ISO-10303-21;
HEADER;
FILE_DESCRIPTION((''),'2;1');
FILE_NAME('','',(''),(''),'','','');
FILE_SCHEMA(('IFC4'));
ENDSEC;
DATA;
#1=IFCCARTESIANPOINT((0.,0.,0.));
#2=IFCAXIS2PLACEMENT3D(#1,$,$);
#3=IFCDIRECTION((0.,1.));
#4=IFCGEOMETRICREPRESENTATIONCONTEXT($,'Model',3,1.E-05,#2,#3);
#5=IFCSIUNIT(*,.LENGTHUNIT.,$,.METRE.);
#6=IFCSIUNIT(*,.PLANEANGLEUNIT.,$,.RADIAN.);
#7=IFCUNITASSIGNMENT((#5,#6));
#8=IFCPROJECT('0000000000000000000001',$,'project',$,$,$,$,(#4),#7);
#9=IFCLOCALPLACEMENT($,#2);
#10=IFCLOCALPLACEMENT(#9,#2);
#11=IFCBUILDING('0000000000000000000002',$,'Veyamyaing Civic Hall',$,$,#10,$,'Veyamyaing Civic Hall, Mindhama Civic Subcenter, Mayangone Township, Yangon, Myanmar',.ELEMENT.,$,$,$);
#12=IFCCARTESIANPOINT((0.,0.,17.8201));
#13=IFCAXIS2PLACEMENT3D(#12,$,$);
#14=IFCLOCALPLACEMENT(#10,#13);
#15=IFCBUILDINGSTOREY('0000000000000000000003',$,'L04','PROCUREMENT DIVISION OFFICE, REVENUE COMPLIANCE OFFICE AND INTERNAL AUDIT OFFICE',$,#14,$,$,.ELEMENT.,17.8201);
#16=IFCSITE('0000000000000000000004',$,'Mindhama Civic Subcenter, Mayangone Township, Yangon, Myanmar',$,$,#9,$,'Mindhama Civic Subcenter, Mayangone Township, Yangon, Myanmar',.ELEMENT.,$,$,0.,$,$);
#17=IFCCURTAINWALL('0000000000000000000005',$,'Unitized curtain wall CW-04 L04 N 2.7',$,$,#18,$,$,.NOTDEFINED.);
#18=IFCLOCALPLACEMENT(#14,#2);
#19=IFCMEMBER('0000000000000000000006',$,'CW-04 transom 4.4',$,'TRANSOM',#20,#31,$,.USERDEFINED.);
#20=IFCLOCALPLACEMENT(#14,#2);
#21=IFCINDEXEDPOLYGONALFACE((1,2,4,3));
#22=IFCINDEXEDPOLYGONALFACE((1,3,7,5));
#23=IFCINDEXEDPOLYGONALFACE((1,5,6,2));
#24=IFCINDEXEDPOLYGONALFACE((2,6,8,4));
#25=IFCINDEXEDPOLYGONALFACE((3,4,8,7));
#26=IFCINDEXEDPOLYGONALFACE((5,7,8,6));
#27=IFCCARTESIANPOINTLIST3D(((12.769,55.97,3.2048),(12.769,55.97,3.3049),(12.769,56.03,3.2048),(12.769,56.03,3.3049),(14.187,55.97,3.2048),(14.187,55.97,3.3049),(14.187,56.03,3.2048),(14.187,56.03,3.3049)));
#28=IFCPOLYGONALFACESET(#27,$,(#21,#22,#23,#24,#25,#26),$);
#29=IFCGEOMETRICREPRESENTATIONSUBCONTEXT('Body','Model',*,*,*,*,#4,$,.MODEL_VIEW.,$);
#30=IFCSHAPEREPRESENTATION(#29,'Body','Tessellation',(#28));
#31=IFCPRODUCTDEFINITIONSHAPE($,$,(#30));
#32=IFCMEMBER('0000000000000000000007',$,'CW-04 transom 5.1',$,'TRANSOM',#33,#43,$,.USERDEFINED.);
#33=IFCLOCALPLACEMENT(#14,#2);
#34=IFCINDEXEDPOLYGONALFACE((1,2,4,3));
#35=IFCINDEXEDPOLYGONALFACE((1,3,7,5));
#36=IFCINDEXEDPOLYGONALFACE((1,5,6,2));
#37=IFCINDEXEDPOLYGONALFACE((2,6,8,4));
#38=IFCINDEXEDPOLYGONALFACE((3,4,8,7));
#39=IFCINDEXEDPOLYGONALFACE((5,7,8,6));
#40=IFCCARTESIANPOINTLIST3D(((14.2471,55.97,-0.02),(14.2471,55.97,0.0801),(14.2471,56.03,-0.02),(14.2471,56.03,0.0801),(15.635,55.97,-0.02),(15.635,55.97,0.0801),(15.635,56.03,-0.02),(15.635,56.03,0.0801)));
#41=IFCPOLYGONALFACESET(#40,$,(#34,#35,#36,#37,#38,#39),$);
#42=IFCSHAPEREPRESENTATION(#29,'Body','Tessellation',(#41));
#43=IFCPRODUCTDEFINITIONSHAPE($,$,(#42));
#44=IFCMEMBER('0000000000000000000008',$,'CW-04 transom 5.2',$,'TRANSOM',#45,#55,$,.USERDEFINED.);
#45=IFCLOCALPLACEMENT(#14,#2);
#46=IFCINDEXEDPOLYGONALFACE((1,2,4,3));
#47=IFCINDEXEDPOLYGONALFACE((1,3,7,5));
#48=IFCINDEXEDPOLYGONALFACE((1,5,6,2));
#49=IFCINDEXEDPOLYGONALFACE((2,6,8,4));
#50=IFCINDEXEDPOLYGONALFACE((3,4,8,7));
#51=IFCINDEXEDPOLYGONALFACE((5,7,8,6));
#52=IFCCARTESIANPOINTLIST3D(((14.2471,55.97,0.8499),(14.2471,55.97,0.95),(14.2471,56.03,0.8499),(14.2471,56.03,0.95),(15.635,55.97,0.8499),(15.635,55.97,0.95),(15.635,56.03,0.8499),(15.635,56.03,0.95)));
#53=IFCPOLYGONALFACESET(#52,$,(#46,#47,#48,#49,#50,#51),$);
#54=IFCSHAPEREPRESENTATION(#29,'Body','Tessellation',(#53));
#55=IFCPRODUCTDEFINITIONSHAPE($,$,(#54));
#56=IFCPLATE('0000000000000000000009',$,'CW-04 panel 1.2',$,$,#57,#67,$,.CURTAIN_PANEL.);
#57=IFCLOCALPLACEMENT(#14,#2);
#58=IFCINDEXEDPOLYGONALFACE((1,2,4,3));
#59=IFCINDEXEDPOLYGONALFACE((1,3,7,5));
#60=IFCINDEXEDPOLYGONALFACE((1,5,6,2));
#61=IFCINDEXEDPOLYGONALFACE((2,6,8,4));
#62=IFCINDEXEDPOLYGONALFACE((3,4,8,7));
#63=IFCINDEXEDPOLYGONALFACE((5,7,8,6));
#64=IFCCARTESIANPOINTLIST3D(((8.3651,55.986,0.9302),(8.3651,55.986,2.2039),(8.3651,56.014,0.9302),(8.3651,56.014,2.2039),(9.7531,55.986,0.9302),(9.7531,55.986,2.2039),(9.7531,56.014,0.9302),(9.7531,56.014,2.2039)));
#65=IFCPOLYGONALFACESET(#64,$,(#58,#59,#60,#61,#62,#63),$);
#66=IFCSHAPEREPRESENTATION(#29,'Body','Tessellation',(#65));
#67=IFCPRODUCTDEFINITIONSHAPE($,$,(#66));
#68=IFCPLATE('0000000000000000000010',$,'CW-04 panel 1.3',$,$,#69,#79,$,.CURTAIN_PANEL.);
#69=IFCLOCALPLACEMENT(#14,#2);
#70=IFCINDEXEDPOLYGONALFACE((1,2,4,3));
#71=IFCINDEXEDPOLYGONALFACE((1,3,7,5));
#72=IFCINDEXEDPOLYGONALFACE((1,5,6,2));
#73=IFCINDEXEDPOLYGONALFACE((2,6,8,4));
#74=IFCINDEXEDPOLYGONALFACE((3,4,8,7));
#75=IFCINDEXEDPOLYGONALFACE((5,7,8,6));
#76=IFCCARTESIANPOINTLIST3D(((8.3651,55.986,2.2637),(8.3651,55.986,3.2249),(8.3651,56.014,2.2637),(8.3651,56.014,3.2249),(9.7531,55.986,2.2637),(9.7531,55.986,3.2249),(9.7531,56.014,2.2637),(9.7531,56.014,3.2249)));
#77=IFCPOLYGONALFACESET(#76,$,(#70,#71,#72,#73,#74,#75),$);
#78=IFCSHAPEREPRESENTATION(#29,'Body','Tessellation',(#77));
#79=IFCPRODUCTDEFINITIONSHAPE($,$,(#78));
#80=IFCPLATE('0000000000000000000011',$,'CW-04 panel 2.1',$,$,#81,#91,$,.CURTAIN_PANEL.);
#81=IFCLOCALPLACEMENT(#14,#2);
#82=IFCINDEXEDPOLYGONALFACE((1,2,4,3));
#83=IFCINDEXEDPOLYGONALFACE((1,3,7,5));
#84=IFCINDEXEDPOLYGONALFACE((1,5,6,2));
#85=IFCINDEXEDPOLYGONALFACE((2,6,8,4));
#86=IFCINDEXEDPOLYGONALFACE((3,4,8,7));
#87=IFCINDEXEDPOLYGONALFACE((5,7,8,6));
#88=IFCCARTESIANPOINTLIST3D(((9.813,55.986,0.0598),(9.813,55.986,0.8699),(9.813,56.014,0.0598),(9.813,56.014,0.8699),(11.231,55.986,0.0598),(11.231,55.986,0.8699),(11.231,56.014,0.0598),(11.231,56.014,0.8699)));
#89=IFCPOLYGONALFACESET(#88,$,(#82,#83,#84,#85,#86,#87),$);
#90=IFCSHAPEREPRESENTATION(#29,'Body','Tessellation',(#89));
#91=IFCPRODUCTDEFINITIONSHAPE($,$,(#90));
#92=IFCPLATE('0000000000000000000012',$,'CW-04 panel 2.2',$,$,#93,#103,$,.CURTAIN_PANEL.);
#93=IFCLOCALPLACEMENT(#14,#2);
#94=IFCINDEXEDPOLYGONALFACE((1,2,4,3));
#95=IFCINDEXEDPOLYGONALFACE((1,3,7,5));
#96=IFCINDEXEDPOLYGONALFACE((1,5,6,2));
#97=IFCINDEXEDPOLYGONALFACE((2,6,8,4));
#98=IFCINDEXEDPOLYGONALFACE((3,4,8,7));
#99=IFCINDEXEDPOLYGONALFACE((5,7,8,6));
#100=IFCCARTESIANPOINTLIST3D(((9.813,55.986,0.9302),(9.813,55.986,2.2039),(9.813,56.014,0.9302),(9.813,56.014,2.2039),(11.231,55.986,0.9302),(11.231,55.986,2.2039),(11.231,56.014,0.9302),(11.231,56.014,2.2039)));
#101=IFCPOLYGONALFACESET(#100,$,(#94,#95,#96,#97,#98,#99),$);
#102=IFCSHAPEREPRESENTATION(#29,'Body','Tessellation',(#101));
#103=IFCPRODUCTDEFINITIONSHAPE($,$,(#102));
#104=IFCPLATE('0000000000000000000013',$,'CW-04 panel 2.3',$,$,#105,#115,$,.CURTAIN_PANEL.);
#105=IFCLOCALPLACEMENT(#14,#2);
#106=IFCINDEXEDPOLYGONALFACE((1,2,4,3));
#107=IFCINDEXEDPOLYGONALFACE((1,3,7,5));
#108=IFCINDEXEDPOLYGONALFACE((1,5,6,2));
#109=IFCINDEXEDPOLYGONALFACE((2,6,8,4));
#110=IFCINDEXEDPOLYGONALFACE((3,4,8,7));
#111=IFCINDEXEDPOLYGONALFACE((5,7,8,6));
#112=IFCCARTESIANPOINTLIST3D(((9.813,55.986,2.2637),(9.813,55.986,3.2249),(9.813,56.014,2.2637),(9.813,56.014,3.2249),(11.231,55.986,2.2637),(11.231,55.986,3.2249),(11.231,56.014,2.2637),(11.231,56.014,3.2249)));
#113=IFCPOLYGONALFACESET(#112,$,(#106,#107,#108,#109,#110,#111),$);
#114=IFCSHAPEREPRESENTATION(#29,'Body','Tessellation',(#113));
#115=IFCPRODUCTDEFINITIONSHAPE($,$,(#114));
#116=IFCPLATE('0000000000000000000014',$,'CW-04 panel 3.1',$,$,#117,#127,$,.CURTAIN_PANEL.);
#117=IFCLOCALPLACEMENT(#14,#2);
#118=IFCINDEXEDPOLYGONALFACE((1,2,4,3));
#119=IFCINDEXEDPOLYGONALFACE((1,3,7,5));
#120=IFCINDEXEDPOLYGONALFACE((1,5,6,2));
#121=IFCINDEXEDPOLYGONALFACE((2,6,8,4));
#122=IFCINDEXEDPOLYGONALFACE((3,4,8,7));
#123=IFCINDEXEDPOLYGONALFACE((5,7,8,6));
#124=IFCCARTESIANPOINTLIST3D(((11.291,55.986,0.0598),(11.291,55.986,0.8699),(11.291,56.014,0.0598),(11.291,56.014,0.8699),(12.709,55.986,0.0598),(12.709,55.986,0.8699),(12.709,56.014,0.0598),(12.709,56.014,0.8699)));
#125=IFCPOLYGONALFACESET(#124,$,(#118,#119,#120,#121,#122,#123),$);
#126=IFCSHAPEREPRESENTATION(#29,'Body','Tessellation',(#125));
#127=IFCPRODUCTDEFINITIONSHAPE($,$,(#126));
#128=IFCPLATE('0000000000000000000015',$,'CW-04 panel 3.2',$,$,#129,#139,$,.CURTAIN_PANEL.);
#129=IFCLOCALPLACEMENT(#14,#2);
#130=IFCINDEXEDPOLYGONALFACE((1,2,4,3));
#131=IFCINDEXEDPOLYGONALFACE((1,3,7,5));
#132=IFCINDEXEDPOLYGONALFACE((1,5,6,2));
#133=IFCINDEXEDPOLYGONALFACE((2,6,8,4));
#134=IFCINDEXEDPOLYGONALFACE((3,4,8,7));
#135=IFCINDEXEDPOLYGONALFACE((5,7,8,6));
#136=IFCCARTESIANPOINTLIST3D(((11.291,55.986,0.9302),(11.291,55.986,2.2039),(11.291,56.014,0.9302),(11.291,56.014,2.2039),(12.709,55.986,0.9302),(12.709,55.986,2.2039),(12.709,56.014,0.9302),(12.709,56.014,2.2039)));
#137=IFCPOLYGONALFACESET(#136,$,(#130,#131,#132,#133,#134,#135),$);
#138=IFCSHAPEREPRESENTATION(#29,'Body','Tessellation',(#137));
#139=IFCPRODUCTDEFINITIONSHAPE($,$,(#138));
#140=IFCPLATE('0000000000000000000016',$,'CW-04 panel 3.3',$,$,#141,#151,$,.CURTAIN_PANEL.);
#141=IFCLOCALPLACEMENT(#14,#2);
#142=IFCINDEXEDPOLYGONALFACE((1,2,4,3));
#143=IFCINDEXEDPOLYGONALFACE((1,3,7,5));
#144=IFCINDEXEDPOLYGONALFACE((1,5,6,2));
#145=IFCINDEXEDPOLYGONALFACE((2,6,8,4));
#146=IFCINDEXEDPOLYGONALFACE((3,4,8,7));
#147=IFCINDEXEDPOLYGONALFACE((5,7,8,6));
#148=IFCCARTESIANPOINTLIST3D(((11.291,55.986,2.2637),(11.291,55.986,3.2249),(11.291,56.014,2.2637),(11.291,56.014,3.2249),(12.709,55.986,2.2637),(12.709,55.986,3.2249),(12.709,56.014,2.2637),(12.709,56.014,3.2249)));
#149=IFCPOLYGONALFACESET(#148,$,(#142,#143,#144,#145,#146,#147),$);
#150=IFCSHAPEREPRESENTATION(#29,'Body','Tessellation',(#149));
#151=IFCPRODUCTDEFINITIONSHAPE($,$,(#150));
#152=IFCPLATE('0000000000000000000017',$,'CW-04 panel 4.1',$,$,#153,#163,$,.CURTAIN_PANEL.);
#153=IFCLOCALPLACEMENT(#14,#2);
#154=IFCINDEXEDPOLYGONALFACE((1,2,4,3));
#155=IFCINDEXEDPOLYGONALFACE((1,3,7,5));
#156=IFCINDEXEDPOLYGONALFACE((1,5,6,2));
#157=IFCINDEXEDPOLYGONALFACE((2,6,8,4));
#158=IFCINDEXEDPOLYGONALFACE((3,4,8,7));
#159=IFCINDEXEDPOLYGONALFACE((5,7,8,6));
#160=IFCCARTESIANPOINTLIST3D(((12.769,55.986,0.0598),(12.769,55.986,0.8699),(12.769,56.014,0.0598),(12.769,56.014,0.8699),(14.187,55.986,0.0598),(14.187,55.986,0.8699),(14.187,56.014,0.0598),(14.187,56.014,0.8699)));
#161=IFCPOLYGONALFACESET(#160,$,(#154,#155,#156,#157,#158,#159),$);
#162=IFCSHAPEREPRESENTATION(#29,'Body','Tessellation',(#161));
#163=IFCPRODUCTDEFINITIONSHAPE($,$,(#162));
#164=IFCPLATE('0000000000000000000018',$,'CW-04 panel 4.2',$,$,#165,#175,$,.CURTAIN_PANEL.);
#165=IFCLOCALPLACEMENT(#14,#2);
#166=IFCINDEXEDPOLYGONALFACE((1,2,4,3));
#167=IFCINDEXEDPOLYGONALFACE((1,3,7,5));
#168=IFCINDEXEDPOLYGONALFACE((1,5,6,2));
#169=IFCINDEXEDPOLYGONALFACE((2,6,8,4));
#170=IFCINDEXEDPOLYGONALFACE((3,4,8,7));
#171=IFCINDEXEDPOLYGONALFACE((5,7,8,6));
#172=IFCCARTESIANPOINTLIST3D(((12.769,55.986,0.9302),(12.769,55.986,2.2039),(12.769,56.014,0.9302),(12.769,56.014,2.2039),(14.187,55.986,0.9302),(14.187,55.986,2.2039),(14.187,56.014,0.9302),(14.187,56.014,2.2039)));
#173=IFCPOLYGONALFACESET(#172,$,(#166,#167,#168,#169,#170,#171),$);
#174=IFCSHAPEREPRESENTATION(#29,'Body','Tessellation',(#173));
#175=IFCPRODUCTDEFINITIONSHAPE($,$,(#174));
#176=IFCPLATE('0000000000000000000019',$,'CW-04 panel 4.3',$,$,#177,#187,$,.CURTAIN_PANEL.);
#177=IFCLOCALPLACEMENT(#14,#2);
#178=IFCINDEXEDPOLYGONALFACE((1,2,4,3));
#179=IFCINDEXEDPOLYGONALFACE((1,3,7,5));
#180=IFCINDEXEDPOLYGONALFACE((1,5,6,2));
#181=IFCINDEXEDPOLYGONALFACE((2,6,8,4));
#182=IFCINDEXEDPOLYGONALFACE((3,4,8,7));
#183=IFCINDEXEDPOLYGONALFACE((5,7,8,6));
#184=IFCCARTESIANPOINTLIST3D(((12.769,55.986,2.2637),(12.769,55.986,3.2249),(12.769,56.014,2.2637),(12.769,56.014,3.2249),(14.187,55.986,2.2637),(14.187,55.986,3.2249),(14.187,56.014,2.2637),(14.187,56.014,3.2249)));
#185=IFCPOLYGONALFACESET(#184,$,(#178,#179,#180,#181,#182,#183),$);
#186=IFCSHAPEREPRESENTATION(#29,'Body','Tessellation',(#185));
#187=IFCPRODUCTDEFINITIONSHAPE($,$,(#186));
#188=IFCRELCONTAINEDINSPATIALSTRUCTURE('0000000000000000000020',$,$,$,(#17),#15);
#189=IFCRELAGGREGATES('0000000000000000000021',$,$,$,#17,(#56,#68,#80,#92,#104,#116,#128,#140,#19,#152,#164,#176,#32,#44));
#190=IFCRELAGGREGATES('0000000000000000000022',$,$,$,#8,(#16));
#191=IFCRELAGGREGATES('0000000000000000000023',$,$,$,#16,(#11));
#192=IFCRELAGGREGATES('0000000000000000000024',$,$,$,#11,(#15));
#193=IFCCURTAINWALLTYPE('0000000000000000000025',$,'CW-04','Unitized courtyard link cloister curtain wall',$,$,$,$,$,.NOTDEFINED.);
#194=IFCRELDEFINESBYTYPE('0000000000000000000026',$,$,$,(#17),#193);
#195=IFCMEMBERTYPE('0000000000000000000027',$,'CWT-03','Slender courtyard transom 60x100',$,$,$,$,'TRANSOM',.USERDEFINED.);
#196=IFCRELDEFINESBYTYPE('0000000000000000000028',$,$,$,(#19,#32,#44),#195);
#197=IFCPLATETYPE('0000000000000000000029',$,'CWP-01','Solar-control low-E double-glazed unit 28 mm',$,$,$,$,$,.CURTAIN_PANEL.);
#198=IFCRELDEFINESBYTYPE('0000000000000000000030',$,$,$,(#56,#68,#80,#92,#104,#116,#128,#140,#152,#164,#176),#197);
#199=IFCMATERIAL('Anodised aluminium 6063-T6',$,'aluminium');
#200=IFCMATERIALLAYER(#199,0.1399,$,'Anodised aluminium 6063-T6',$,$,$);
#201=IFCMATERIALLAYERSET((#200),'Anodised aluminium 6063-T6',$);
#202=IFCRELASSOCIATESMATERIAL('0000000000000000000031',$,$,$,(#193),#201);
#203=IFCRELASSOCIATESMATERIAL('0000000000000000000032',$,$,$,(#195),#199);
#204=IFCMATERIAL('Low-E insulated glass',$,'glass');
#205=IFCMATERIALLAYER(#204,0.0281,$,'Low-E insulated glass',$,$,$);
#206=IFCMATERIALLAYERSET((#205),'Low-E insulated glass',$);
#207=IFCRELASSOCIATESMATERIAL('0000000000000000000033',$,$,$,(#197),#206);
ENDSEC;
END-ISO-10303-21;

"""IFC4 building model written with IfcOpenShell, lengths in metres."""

from ifc_helpers import new_model, si_unit, direction, frame, origin, origin_2d, place, context, subcontext, project, spatial, rectangle, extrude, material, layer, layer_set, material_profile, profile_set, type_object, element, aggregate, save


model = new_model("IFC4")

# Units and contexts
model_context = context("Model", 3, precision=1e-05, world=origin(), true_north=direction((0.0, 1.0)))
body_context = subcontext(model_context, "Body", "Model", "MODEL_VIEW")
ifc_project = project(units=[si_unit("LENGTHUNIT", "METRE"), si_unit("PLANEANGLEUNIT", "RADIAN")], contexts=[model_context])

# Site, building, storey
site_placement = place(None, origin())
site = spatial("IfcSite", under=ifc_project, at=site_placement, Name="Mindhama Civic Subcenter, Mayangone Township, Yangon, Myanmar", LongName="Mindhama Civic Subcenter, Mayangone Township, Yangon, Myanmar", CompositionType="ELEMENT", RefElevation=0.0)
building_placement = place(site_placement, origin())
building = spatial("IfcBuilding", under=site, at=building_placement, Name="Veyamyaing Civic Hall", LongName="Veyamyaing Civic Hall, Mindhama Civic Subcenter, Mayangone Township, Yangon, Myanmar", CompositionType="ELEMENT")
storey_placement = place(building_placement, frame((0.0, 0.0, 17.8201)))
storey = spatial("IfcBuildingStorey", under=building, at=storey_placement, Name="L04", Description="PROCUREMENT DIVISION OFFICE, REVENUE COMPLIANCE OFFICE AND INTERNAL AUDIT OFFICE", CompositionType="ELEMENT", Elevation=17.8201)

# Curtain wall, members, plates
ifc_material_1 = material(Name="Anodised aluminium 6063-T6", Category="aluminium")
ifc_layer_1 = layer(ifc_material_1, 0.1399, Name="Anodised aluminium 6063-T6")
ifc_layer_set_1 = layer_set([ifc_layer_1], Name="Anodised aluminium 6063-T6")
curtain_wall_type = type_object("IfcCurtainWallType", Name="CW-04", Description="Unitized courtyard link cloister curtain wall", PredefinedType="NOTDEFINED", material=ifc_layer_set_1)
curtain_wall_placement = place(storey_placement, origin())
curtain_wall = element("IfcCurtainWall", 1, at=curtain_wall_placement, inside=storey, type_object=curtain_wall_type, Name="Unitized curtain wall CW-04 L04 N 2.7", PredefinedType="NOTDEFINED")
ifc_material_profile_1 = material_profile(ifc_material_1, rectangle(XDim=0.0601, YDim=0.1001, at=origin_2d()), Name="ALU-TRN-60X100")
ifc_profile_set_1 = profile_set([ifc_material_profile_1], Name="Anodised aluminium 6063-T6")
member_type_1 = type_object("IfcMemberType", Name="CWT-03", Description="Slender courtyard transom 60x100", ElementType="TRANSOM", PredefinedType="USERDEFINED", material=ifc_profile_set_1)
member_1_placement = place(storey_placement, frame((12.769, 56.0, 3.2549), z_axis=(1.0, 0.0, 0.0), x_axis=(0.0, 1.0, 0.0)))
member_1 = element("IfcMember", 2, at=member_1_placement, type_object=member_type_1, Name="CW-04 transom 4.4", ObjectType="TRANSOM", PredefinedType="USERDEFINED", context=body_context, shape_type="SweptSolid", body=[
    extrude(rectangle(XDim=0.0601, YDim=0.1001, at=origin_2d()), origin(), (0.0, 0.0, 1.0), 1.418),
])
member_2_placement = place(storey_placement, frame((14.2471, 56.0, 0.03), z_axis=(1.0, 0.0, 0.0), x_axis=(0.0, 1.0, 0.0)))
member_2 = element("IfcMember", 3, at=member_2_placement, type_object=member_type_1, Name="CW-04 transom 5.1", ObjectType="TRANSOM", PredefinedType="USERDEFINED", context=body_context, shape_type="SweptSolid", body=[
    extrude(rectangle(XDim=0.0601, YDim=0.1001, at=origin_2d()), origin(), (0.0, 0.0, 1.0), 1.3879),
])
member_3_placement = place(storey_placement, frame((14.2471, 56.0, 0.8999), z_axis=(1.0, 0.0, 0.0), x_axis=(0.0, 1.0, 0.0)))
member_3 = element("IfcMember", 4, at=member_3_placement, type_object=member_type_1, Name="CW-04 transom 5.2", ObjectType="TRANSOM", PredefinedType="USERDEFINED", context=body_context, shape_type="SweptSolid", body=[
    extrude(rectangle(XDim=0.0601, YDim=0.1001, at=origin_2d()), origin(), (0.0, 0.0, 1.0), 1.3879),
])
ifc_material_2 = material(Name="Low-E insulated glass", Category="glass")
ifc_layer_2 = layer(ifc_material_2, 0.0281, Name="Low-E insulated glass")
ifc_layer_set_2 = layer_set([ifc_layer_2], Name="Low-E insulated glass")
plate_type = type_object("IfcPlateType", Name="CWP-01", Description="Solar-control low-E double-glazed unit 28 mm", PredefinedType="CURTAIN_PANEL", material=ifc_layer_set_2)
plate_1_placement = place(storey_placement, frame((9.0591, 56.0, 0.9302), z_axis=(0.0, 0.0, 1.0), x_axis=(1.0, 0.0, 0.0)))
plate_1 = element("IfcPlate", 5, at=plate_1_placement, type_object=plate_type, Name="CW-04 panel 1.2", PredefinedType="CURTAIN_PANEL", context=body_context, shape_type="SweptSolid", body=[
    extrude(rectangle(XDim=1.3879, YDim=0.0281, at=origin_2d()), origin(), (0.0, 0.0, 1.0), 1.2737),
])
plate_2_placement = place(storey_placement, frame((9.0591, 56.0, 2.2637), z_axis=(0.0, 0.0, 1.0), x_axis=(1.0, 0.0, 0.0)))
plate_2 = element("IfcPlate", 6, at=plate_2_placement, type_object=plate_type, Name="CW-04 panel 1.3", PredefinedType="CURTAIN_PANEL", context=body_context, shape_type="SweptSolid", body=[
    extrude(rectangle(XDim=1.3879, YDim=0.0281, at=origin_2d()), origin(), (0.0, 0.0, 1.0), 0.9612),
])
plate_3_placement = place(storey_placement, frame((10.522, 56.0, 0.0598), z_axis=(0.0, 0.0, 1.0), x_axis=(1.0, 0.0, 0.0)))
plate_3 = element("IfcPlate", 7, at=plate_3_placement, type_object=plate_type, Name="CW-04 panel 2.1", PredefinedType="CURTAIN_PANEL", context=body_context, shape_type="SweptSolid", body=[
    extrude(rectangle(XDim=1.418, YDim=0.0281, at=origin_2d()), origin(), (0.0, 0.0, 1.0), 0.8101),
])
plate_4_placement = place(storey_placement, frame((10.522, 56.0, 0.9302), z_axis=(0.0, 0.0, 1.0), x_axis=(1.0, 0.0, 0.0)))
plate_4 = element("IfcPlate", 8, at=plate_4_placement, type_object=plate_type, Name="CW-04 panel 2.2", PredefinedType="CURTAIN_PANEL", context=body_context, shape_type="SweptSolid", body=[
    extrude(rectangle(XDim=1.418, YDim=0.0281, at=origin_2d()), origin(), (0.0, 0.0, 1.0), 1.2737),
])
plate_5_placement = place(storey_placement, frame((10.522, 56.0, 2.2637), z_axis=(0.0, 0.0, 1.0), x_axis=(1.0, 0.0, 0.0)))
plate_5 = element("IfcPlate", 9, at=plate_5_placement, type_object=plate_type, Name="CW-04 panel 2.3", PredefinedType="CURTAIN_PANEL", context=body_context, shape_type="SweptSolid", body=[
    extrude(rectangle(XDim=1.418, YDim=0.0281, at=origin_2d()), origin(), (0.0, 0.0, 1.0), 0.9612),
])
plate_6_placement = place(storey_placement, frame((12.0, 56.0, 0.0598), z_axis=(0.0, 0.0, 1.0), x_axis=(1.0, 0.0, 0.0)))
plate_6 = element("IfcPlate", 10, at=plate_6_placement, type_object=plate_type, Name="CW-04 panel 3.1", PredefinedType="CURTAIN_PANEL", context=body_context, shape_type="SweptSolid", body=[
    extrude(rectangle(XDim=1.418, YDim=0.0281, at=origin_2d()), origin(), (0.0, 0.0, 1.0), 0.8101),
])
plate_7_placement = place(storey_placement, frame((12.0, 56.0, 0.9302), z_axis=(0.0, 0.0, 1.0), x_axis=(1.0, 0.0, 0.0)))
plate_7 = element("IfcPlate", 11, at=plate_7_placement, type_object=plate_type, Name="CW-04 panel 3.2", PredefinedType="CURTAIN_PANEL", context=body_context, shape_type="SweptSolid", body=[
    extrude(rectangle(XDim=1.418, YDim=0.0281, at=origin_2d()), origin(), (0.0, 0.0, 1.0), 1.2737),
])
plate_8_placement = place(storey_placement, frame((12.0, 56.0, 2.2637), z_axis=(0.0, 0.0, 1.0), x_axis=(1.0, 0.0, 0.0)))
plate_8 = element("IfcPlate", 12, at=plate_8_placement, type_object=plate_type, Name="CW-04 panel 3.3", PredefinedType="CURTAIN_PANEL", context=body_context, shape_type="SweptSolid", body=[
    extrude(rectangle(XDim=1.418, YDim=0.0281, at=origin_2d()), origin(), (0.0, 0.0, 1.0), 0.9612),
])
plate_9_placement = place(storey_placement, frame((13.478, 56.0, 0.0598), z_axis=(0.0, 0.0, 1.0), x_axis=(1.0, 0.0, 0.0)))
plate_9 = element("IfcPlate", 13, at=plate_9_placement, type_object=plate_type, Name="CW-04 panel 4.1", PredefinedType="CURTAIN_PANEL", context=body_context, shape_type="SweptSolid", body=[
    extrude(rectangle(XDim=1.418, YDim=0.0281, at=origin_2d()), origin(), (0.0, 0.0, 1.0), 0.8101),
])
plate_10_placement = place(storey_placement, frame((13.478, 56.0, 0.9302), z_axis=(0.0, 0.0, 1.0), x_axis=(1.0, 0.0, 0.0)))
plate_10 = element("IfcPlate", 14, at=plate_10_placement, type_object=plate_type, Name="CW-04 panel 4.2", PredefinedType="CURTAIN_PANEL", context=body_context, shape_type="SweptSolid", body=[
    extrude(rectangle(XDim=1.418, YDim=0.0281, at=origin_2d()), origin(), (0.0, 0.0, 1.0), 1.2737),
])
plate_11_placement = place(storey_placement, frame((13.478, 56.0, 2.2637), z_axis=(0.0, 0.0, 1.0), x_axis=(1.0, 0.0, 0.0)))
plate_11 = element("IfcPlate", 15, at=plate_11_placement, type_object=plate_type, Name="CW-04 panel 4.3", PredefinedType="CURTAIN_PANEL", context=body_context, shape_type="SweptSolid", body=[
    extrude(rectangle(XDim=1.418, YDim=0.0281, at=origin_2d()), origin(), (0.0, 0.0, 1.0), 0.9612),
])
aggregate(curtain_wall, [plate_1, plate_2, plate_3, plate_4, plate_5, plate_6, plate_7, plate_8, member_1, plate_9, plate_10, plate_11, member_2, member_3])

save(model, "model.ifc")
